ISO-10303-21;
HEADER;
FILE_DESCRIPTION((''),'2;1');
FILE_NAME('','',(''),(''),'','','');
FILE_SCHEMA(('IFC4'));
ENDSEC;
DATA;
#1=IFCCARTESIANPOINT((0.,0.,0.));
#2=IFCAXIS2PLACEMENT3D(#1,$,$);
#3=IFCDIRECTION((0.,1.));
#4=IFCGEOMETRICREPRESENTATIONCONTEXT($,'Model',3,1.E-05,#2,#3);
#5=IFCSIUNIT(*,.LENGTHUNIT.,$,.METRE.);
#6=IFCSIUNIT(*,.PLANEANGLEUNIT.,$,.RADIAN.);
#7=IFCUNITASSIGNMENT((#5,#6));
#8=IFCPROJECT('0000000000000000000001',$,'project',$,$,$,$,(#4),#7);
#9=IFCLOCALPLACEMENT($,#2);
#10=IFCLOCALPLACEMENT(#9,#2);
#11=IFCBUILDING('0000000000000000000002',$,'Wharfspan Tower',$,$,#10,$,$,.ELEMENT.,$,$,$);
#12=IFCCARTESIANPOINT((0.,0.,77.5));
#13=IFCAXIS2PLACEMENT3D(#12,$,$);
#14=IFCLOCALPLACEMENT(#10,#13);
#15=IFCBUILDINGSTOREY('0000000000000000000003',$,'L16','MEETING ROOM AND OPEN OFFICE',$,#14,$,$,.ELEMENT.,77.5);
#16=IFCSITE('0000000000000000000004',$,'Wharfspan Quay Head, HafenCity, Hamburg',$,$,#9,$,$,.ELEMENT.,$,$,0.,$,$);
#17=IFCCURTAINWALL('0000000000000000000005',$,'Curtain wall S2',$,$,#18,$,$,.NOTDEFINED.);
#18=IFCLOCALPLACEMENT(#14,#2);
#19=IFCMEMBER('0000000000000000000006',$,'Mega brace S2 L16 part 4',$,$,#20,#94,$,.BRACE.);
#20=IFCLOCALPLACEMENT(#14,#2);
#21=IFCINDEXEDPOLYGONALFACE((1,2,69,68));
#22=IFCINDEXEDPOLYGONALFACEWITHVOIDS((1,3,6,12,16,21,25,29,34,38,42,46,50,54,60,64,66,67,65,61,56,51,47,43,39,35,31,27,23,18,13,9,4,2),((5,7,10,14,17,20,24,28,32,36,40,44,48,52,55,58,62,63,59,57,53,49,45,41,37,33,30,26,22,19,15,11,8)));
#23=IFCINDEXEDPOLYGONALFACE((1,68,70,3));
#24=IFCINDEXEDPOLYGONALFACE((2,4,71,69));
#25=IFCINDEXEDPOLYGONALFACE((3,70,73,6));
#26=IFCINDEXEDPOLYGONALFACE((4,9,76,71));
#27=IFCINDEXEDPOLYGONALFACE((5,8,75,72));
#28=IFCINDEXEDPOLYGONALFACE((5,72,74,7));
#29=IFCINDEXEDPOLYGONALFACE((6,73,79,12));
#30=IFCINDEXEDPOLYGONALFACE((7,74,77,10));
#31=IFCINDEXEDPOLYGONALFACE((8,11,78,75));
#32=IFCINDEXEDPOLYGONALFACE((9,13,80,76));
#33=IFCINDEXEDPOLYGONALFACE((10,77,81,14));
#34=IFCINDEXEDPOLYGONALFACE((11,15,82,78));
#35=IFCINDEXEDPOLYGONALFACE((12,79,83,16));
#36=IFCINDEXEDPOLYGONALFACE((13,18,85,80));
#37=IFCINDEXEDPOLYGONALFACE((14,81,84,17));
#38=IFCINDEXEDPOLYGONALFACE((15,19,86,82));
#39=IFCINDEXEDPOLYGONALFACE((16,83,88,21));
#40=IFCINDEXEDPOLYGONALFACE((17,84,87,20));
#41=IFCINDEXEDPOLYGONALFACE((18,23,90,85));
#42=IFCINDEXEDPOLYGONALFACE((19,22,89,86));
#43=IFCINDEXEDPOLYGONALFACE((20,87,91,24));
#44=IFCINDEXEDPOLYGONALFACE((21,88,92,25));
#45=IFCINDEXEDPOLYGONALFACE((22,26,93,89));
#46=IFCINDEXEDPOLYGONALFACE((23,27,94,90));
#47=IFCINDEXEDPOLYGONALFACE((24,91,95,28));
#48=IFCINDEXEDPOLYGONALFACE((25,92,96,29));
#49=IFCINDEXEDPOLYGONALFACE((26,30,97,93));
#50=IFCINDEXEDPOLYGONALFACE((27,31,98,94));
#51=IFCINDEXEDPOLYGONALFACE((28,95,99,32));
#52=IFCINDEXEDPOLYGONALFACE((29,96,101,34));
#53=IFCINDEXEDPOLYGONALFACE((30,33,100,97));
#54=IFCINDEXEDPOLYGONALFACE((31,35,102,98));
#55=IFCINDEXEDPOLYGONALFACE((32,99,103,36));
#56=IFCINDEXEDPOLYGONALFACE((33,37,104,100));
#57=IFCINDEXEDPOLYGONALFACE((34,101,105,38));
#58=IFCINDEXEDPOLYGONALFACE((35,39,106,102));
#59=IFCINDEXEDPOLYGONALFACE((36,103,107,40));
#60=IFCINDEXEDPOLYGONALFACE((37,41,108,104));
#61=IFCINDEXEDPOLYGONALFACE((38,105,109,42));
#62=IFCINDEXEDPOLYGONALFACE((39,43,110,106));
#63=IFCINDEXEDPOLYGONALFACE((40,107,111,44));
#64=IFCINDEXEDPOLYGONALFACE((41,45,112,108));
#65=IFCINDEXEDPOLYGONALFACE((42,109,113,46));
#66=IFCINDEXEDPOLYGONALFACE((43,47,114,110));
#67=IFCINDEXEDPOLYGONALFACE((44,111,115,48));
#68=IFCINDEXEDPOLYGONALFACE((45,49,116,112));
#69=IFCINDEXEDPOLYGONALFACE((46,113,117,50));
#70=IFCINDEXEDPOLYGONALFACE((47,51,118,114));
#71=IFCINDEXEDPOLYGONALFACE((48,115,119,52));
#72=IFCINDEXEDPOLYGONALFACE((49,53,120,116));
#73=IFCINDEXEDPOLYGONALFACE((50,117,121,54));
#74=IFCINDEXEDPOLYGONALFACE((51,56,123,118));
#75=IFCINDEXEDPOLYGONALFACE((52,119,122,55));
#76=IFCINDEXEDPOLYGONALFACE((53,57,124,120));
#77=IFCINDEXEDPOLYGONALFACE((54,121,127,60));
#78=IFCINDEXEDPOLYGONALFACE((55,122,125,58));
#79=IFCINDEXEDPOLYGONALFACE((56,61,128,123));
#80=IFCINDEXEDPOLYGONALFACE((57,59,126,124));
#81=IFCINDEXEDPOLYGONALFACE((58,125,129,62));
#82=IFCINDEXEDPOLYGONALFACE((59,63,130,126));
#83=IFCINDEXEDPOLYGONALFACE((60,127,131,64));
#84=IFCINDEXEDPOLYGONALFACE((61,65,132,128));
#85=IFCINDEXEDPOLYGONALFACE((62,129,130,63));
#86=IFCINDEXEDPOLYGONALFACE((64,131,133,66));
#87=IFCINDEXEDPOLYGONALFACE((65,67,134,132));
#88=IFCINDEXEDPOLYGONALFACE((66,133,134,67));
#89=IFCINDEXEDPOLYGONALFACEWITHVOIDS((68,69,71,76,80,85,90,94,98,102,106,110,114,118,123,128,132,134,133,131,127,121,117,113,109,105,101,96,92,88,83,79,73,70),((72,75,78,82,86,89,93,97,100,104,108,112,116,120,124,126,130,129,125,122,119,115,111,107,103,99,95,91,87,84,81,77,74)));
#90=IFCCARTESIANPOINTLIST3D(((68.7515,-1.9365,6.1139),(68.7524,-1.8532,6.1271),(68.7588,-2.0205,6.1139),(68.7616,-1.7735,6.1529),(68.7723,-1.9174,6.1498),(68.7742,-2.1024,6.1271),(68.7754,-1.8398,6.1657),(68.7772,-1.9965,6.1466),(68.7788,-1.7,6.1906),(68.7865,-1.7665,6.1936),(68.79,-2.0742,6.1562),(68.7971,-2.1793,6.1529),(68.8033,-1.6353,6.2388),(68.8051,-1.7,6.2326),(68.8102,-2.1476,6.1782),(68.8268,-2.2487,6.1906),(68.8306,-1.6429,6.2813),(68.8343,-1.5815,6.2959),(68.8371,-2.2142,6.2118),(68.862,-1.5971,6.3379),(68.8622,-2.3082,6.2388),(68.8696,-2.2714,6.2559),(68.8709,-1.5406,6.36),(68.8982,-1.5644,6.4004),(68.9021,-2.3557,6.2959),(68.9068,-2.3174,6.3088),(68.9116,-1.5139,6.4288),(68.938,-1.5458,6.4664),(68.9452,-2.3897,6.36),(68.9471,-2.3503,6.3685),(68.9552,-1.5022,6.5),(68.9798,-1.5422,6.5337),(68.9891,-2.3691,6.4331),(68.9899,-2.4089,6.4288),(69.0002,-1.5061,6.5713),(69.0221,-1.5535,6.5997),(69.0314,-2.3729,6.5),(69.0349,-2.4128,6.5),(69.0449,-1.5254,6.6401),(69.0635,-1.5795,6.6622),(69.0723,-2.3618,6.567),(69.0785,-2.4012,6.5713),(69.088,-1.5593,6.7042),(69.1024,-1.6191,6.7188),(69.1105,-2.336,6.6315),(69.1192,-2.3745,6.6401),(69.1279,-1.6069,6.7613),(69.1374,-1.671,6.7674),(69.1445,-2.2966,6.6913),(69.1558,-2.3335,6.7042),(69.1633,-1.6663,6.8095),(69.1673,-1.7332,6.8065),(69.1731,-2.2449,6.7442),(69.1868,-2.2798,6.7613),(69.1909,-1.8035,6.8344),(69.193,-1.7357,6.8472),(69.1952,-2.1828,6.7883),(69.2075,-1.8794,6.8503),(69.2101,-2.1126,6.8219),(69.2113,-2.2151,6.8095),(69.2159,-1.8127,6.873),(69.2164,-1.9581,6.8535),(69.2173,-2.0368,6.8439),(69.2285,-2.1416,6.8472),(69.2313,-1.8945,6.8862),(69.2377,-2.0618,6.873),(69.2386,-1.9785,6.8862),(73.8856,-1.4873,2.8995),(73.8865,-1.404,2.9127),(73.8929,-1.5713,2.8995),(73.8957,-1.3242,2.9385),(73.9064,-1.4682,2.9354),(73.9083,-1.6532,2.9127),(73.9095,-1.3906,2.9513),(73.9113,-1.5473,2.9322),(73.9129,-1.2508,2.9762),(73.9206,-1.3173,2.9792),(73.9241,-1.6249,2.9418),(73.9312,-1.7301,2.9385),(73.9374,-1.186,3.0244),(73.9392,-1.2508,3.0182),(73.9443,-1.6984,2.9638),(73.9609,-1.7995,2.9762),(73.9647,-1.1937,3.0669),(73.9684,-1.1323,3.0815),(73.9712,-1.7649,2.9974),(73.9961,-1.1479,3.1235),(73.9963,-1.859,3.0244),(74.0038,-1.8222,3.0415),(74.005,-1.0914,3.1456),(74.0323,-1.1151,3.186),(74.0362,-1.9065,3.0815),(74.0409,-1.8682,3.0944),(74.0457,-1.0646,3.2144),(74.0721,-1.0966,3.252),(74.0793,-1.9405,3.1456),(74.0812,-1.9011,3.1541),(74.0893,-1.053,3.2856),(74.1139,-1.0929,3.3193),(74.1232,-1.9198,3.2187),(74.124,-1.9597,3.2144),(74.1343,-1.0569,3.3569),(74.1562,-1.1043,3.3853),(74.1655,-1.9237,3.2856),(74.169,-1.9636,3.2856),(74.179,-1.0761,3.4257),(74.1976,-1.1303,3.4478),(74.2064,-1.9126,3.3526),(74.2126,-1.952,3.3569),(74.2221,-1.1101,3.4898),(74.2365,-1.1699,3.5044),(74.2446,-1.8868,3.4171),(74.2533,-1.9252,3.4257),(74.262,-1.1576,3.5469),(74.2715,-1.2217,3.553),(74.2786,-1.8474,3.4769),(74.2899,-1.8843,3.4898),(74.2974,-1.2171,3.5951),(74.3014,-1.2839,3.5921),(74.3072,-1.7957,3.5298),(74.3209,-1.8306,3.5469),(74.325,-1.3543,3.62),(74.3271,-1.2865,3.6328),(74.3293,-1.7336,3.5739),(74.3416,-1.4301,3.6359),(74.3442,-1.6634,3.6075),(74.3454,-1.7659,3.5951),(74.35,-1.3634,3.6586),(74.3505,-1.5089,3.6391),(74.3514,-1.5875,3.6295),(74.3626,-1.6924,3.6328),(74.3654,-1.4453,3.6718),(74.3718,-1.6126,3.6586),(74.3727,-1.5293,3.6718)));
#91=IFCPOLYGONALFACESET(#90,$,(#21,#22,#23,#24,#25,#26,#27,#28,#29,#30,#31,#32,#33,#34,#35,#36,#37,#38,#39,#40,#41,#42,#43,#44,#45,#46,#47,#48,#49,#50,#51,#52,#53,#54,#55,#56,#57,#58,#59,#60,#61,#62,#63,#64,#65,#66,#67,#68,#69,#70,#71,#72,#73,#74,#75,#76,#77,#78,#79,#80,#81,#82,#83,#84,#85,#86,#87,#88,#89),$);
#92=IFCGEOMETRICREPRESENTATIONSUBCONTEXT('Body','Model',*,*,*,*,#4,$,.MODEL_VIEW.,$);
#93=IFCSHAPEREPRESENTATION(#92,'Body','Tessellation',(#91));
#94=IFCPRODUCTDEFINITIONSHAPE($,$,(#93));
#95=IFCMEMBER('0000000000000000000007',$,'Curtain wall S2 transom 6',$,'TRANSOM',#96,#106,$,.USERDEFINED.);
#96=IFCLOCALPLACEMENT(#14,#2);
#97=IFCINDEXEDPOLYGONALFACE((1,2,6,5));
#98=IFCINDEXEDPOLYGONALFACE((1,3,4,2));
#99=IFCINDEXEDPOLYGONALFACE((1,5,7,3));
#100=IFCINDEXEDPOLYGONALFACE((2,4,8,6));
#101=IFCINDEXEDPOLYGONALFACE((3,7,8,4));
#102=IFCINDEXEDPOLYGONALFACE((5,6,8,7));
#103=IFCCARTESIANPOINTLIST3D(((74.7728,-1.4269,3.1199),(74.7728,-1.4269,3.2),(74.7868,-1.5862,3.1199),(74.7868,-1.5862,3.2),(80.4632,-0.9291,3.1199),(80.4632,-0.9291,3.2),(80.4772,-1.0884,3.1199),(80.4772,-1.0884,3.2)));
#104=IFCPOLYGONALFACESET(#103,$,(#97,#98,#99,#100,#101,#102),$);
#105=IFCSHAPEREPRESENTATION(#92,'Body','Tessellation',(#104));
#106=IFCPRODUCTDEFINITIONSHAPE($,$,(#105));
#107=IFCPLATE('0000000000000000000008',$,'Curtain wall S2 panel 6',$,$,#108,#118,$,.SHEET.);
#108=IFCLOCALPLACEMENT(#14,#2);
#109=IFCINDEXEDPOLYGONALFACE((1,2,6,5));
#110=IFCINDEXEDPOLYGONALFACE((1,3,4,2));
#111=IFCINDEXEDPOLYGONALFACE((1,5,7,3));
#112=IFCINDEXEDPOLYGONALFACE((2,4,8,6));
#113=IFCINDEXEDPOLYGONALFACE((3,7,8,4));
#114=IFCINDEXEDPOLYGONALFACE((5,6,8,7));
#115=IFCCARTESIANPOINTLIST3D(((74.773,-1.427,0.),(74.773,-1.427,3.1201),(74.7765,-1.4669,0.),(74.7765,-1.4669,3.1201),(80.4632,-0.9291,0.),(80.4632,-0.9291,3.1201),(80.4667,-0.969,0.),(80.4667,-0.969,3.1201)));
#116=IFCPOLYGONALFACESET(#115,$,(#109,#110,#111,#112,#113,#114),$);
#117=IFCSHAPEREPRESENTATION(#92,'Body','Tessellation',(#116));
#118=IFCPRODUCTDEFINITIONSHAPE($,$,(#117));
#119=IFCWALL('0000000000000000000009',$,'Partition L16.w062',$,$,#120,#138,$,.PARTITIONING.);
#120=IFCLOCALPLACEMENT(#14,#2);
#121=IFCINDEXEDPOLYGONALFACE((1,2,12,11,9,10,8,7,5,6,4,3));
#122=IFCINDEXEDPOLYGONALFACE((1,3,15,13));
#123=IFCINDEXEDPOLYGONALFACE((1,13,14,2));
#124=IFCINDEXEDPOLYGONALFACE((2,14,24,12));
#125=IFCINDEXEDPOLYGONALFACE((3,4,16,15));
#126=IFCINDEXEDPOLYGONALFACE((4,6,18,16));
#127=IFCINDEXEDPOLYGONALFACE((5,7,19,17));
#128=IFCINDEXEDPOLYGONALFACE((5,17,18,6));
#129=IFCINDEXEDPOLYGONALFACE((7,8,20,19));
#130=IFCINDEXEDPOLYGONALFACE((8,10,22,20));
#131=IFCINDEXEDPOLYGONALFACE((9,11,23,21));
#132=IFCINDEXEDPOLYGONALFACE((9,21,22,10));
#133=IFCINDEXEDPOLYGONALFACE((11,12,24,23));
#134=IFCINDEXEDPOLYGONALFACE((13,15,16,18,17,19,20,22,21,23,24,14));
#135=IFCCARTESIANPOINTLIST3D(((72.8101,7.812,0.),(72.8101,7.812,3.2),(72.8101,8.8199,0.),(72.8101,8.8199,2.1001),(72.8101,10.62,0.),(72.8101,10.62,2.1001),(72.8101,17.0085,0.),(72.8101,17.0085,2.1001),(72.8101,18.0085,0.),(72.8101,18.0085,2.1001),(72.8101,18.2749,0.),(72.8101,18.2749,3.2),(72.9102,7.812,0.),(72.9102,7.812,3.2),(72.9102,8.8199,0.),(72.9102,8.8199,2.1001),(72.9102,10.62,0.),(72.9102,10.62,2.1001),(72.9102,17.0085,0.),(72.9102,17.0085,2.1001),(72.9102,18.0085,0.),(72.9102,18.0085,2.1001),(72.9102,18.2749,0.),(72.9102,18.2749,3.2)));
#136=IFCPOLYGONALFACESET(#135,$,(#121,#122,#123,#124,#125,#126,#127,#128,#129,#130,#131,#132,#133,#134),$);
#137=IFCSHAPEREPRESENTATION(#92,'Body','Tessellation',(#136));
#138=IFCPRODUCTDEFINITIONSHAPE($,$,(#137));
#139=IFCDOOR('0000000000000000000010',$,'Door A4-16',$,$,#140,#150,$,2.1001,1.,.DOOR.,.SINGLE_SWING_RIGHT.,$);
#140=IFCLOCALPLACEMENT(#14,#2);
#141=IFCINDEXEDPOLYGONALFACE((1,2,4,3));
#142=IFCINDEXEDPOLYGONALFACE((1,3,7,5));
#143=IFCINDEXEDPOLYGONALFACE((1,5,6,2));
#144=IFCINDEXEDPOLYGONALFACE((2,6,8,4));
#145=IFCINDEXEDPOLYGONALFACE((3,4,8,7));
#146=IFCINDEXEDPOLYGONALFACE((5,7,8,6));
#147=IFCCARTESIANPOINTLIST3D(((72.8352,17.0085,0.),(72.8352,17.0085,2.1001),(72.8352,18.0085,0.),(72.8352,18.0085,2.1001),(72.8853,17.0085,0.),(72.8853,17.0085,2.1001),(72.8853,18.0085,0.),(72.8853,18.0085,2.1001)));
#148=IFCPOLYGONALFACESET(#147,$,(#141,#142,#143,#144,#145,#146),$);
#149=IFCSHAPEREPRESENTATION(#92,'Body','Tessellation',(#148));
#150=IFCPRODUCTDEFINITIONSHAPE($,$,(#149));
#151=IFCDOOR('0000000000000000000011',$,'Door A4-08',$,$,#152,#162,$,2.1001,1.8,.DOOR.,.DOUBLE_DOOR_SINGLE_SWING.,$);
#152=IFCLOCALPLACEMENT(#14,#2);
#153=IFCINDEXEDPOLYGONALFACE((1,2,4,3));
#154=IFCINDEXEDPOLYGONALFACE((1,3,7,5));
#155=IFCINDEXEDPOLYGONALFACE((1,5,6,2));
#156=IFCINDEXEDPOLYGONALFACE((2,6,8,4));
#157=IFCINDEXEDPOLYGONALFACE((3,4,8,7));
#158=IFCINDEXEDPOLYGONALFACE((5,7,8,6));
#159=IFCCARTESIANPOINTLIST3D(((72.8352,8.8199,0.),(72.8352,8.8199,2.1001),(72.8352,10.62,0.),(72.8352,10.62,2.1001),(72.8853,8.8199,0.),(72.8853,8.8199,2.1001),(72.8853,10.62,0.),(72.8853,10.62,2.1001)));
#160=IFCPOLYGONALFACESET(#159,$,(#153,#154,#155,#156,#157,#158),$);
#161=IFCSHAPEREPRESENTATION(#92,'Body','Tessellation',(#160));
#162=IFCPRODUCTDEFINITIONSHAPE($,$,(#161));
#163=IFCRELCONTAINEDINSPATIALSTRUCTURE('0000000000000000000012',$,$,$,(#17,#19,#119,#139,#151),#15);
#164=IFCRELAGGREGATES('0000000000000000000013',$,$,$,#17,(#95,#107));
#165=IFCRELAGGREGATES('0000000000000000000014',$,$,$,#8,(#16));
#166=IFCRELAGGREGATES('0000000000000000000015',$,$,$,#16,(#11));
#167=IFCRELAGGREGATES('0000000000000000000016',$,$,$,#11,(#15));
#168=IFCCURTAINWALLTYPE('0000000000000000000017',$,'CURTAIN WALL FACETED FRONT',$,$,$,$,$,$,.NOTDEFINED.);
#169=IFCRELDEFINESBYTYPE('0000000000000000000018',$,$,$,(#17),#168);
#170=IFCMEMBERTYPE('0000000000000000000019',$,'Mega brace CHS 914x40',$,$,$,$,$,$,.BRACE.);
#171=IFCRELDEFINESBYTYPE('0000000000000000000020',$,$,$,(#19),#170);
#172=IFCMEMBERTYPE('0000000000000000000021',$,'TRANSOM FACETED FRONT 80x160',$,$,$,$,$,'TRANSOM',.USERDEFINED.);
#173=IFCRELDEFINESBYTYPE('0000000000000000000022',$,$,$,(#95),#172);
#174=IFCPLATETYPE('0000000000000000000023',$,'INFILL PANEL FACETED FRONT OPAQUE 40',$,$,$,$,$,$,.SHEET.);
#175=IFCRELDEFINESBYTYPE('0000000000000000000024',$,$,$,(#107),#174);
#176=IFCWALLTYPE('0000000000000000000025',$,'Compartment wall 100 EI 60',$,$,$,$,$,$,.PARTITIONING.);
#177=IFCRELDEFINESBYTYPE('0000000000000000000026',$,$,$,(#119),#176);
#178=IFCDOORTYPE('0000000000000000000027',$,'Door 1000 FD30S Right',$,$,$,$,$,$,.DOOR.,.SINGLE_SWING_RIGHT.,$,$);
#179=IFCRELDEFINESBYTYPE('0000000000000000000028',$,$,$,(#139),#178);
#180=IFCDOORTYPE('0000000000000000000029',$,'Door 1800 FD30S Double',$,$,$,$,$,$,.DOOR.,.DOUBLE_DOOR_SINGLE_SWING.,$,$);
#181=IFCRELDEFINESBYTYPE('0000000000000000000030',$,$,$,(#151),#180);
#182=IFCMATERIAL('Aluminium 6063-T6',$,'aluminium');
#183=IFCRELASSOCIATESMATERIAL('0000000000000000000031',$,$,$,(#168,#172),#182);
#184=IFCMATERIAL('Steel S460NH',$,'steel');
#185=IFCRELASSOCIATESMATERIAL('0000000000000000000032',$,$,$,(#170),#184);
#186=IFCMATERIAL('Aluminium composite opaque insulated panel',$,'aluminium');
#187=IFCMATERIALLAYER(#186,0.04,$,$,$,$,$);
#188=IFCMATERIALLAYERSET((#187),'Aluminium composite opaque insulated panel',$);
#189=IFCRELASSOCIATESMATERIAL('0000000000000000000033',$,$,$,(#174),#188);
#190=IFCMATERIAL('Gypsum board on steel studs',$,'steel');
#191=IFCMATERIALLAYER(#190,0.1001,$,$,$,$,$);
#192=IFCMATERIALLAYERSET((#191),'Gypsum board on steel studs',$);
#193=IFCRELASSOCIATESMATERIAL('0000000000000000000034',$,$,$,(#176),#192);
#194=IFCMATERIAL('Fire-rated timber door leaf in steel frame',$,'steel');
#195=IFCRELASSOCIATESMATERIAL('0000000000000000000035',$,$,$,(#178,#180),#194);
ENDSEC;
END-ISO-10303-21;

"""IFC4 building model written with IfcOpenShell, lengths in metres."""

from ifc_helpers import new_model, si_unit, direction, frame, frame_2d, origin, origin_2d, place, context, subcontext, project, spatial, rectangle, hollow_circle, extrude, material, layer, layer_set, material_profile, profile_set, type_object, element, fill, aggregate, save


model = new_model("IFC4")

# Units and contexts
model_context = context("Model", 3, precision=1e-05, world=origin(), true_north=direction((0.0, 1.0)))
body_context = subcontext(model_context, "Body", "Model", "MODEL_VIEW")
ifc_project = project(units=[si_unit("LENGTHUNIT", "METRE"), si_unit("PLANEANGLEUNIT", "RADIAN")], contexts=[model_context])

# Site, building, storey
site_placement = place(None, origin())
site = spatial("IfcSite", under=ifc_project, at=site_placement, Name="Wharfspan Quay Head, HafenCity, Hamburg", CompositionType="ELEMENT", RefElevation=0.0)
building_placement = place(site_placement, origin())
building = spatial("IfcBuilding", under=site, at=building_placement, Name="Wharfspan Tower", CompositionType="ELEMENT")
storey_placement = place(building_placement, frame((0.0, 0.0, 77.5)))
storey = spatial("IfcBuildingStorey", under=building, at=storey_placement, Name="L16", Description="MEETING ROOM AND OPEN OFFICE", CompositionType="ELEMENT", Elevation=77.5)

# Curtain wall
ifc_material_1 = material(Name="Aluminium 6063-T6", Category="aluminium")
curtain_wall_type = type_object("IfcCurtainWallType", Name="CURTAIN WALL FACETED FRONT", PredefinedType="NOTDEFINED", material=ifc_material_1)
curtain_wall_placement = place(storey_placement, origin())
curtain_wall = element("IfcCurtainWall", 1, at=curtain_wall_placement, inside=storey, type_object=curtain_wall_type, Name="Curtain wall S2", PredefinedType="NOTDEFINED")

# Member
ifc_material_2 = material(Name="Steel S460NH", Category="steel")
ifc_material_profile_1 = material_profile(ifc_material_2, hollow_circle(Radius=0.457, WallThickness=0.04, at=origin_2d()))
ifc_profile_set_1 = profile_set([ifc_material_profile_1], Name="Steel S460NH")
member_type_1 = type_object("IfcMemberType", Name="Mega brace CHS 914x40", PredefinedType="BRACE", material=ifc_profile_set_1)
member_1_placement = place(storey_placement, frame((74.1291, -1.5083, 3.2856), z_axis=(-0.845262, -0.073959, 0.529208), x_axis=(0.087167, -0.996192, 0.000003)))
element("IfcMember", 2, at=member_1_placement, inside=storey, type_object=member_type_1, Name="Mega brace S2 L16 part 4", PredefinedType="BRACE", context=body_context, shape_type="SweptSolid", body=[
    extrude(hollow_circle(Radius=0.457, WallThickness=0.04, at=origin_2d()), origin(), (0.0, 0.0, 1.0), 6.074),
])

# Member
ifc_material_profile_2 = material_profile(ifc_material_1, rectangle(XDim=0.1599, YDim=0.0801, at=origin_2d()))
ifc_profile_set_2 = profile_set([ifc_material_profile_2], Name="Aluminium 6063-T6")
member_type_2 = type_object("IfcMemberType", Name="TRANSOM FACETED FRONT 80x160", ElementType="TRANSOM", PredefinedType="USERDEFINED", material=ifc_profile_set_2)
member_2_placement = place(storey_placement, frame((74.7798, -1.5066, 3.1599), z_axis=(0.996195, 0.087148, 0.0), x_axis=(-0.087148, 0.996195, 0.0)))
member_2 = element("IfcMember", 3, at=member_2_placement, type_object=member_type_2, Name="Curtain wall S2 transom 6", ObjectType="TRANSOM", PredefinedType="USERDEFINED", context=body_context, shape_type="SweptSolid", body=[
    extrude(rectangle(XDim=0.1599, YDim=0.0801, at=origin_2d()), origin(), (0.0, 0.0, 1.0), 5.7122),
])

# Plate
ifc_material_3 = material(Name="Aluminium composite opaque insulated panel", Category="aluminium")
ifc_layer_1 = layer(ifc_material_3, 0.04)
ifc_layer_set_1 = layer_set([ifc_layer_1], Name="Aluminium composite opaque insulated panel")
plate_type = type_object("IfcPlateType", Name="INFILL PANEL FACETED FRONT OPAQUE 40", PredefinedType="SHEET", material=ifc_layer_set_1)
plate_placement = place(storey_placement, frame((77.6199, -1.198, 0.0), z_axis=(0.0, 0.0, 1.0), x_axis=(0.996197, 0.087156, 0.0)))
plate = element("IfcPlate", 4, at=plate_placement, type_object=plate_type, Name="Curtain wall S2 panel 6", PredefinedType="SHEET", context=body_context, shape_type="SweptSolid", body=[
    extrude(rectangle(XDim=5.7119, YDim=0.04, at=origin_2d()), origin(), (0.0, 0.0, 1.0), 3.1201),
])
aggregate(curtain_wall, [member_2, plate])

# Wall, openings, doors
ifc_material_4 = material(Name="Gypsum board on steel studs", Category="steel")
ifc_layer_2 = layer(ifc_material_4, 0.1001)
ifc_layer_set_2 = layer_set([ifc_layer_2], Name="Gypsum board on steel studs")
wall_type_1 = type_object("IfcWallType", Name="Compartment wall 100 EI 60", PredefinedType="PARTITIONING", material=ifc_layer_set_2)
wall_1_placement = place(storey_placement, frame((72.8601, 7.812, 0.0), z_axis=(0.0, 0.0, 1.0), x_axis=(0.0, 1.0, 0.0)))
wall_1 = element("IfcWall", 5, at=wall_1_placement, inside=storey, type_object=wall_type_1, Name="Partition L16.w062", PredefinedType="PARTITIONING", context=body_context, shape_type="SweptSolid", body=[
    extrude(rectangle(XDim=10.4629, YDim=0.1001, at=frame_2d((5.2314, 0.0))), origin(), (0.0, 0.0, 1.0), 3.2),
])
opening_1_placement = place(wall_1_placement, frame((1.0081, 0.0, 0.0)))
opening_1 = element("IfcOpeningElement", 6, at=opening_1_placement, cuts=wall_1, PredefinedType="OPENING", context=body_context, shape_type="SweptSolid", body=[
    extrude(rectangle(XDim=1.8, YDim=2.1001, at=frame_2d((0.8999, 1.05))), frame((0.0, 0.0601, 0.0), z_axis=(0.0, -1.0, 0.0), x_axis=(1.0, 0.0, 0.0)), (0.0, 0.0, 1.0), 0.1201),
])
opening_2_placement = place(wall_1_placement, frame((9.1965, 0.0, 0.0)))
opening_2 = element("IfcOpeningElement", 7, at=opening_2_placement, cuts=wall_1, PredefinedType="OPENING", context=body_context, shape_type="SweptSolid", body=[
    extrude(rectangle(XDim=1.0, YDim=2.1001, at=frame_2d((0.5, 1.05))), frame((0.0, 0.0601, 0.0), z_axis=(0.0, -1.0, 0.0), x_axis=(1.0, 0.0, 0.0)), (0.0, 0.0, 1.0), 0.1201),
])
ifc_material_5 = material(Name="Fire-rated timber door leaf in steel frame", Category="steel")
door_type_1 = type_object("IfcDoorType", Name="Door 1000 FD30S Right", OperationType="SINGLE_SWING_RIGHT", PredefinedType="DOOR", material=ifc_material_5)
door_1_placement = place(opening_2_placement, origin())
door_1 = element("IfcDoor", 8, at=door_1_placement, inside=storey, type_object=door_type_1, Name="Door A4-16", OperationType="SINGLE_SWING_RIGHT", OverallHeight=2.1001, OverallWidth=1.0, PredefinedType="DOOR", context=body_context, shape_type="SweptSolid", body=[
    extrude(rectangle(XDim=1.0, YDim=2.1001, at=frame_2d((0.5, 1.05))), frame((0.0, 0.0249, 0.0), z_axis=(0.0, -1.0, 0.0), x_axis=(1.0, 0.0, 0.0)), (0.0, 0.0, 1.0), 0.05),
])
fill(opening_2, door_1)
door_type_2 = type_object("IfcDoorType", Name="Door 1800 FD30S Double", OperationType="DOUBLE_DOOR_SINGLE_SWING", PredefinedType="DOOR", material=ifc_material_5)
door_2_placement = place(opening_1_placement, origin())
door_2 = element("IfcDoor", 9, at=door_2_placement, inside=storey, type_object=door_type_2, Name="Door A4-08", OperationType="DOUBLE_DOOR_SINGLE_SWING", OverallHeight=2.1001, OverallWidth=1.8, PredefinedType="DOOR", context=body_context, shape_type="SweptSolid", body=[
    extrude(rectangle(XDim=1.8, YDim=2.1001, at=frame_2d((0.8999, 1.05))), frame((0.0, 0.0249, 0.0), z_axis=(0.0, -1.0, 0.0), x_axis=(1.0, 0.0, 0.0)), (0.0, 0.0, 1.0), 0.05),
])
fill(opening_1, door_2)

save(model, "model.ifc")
